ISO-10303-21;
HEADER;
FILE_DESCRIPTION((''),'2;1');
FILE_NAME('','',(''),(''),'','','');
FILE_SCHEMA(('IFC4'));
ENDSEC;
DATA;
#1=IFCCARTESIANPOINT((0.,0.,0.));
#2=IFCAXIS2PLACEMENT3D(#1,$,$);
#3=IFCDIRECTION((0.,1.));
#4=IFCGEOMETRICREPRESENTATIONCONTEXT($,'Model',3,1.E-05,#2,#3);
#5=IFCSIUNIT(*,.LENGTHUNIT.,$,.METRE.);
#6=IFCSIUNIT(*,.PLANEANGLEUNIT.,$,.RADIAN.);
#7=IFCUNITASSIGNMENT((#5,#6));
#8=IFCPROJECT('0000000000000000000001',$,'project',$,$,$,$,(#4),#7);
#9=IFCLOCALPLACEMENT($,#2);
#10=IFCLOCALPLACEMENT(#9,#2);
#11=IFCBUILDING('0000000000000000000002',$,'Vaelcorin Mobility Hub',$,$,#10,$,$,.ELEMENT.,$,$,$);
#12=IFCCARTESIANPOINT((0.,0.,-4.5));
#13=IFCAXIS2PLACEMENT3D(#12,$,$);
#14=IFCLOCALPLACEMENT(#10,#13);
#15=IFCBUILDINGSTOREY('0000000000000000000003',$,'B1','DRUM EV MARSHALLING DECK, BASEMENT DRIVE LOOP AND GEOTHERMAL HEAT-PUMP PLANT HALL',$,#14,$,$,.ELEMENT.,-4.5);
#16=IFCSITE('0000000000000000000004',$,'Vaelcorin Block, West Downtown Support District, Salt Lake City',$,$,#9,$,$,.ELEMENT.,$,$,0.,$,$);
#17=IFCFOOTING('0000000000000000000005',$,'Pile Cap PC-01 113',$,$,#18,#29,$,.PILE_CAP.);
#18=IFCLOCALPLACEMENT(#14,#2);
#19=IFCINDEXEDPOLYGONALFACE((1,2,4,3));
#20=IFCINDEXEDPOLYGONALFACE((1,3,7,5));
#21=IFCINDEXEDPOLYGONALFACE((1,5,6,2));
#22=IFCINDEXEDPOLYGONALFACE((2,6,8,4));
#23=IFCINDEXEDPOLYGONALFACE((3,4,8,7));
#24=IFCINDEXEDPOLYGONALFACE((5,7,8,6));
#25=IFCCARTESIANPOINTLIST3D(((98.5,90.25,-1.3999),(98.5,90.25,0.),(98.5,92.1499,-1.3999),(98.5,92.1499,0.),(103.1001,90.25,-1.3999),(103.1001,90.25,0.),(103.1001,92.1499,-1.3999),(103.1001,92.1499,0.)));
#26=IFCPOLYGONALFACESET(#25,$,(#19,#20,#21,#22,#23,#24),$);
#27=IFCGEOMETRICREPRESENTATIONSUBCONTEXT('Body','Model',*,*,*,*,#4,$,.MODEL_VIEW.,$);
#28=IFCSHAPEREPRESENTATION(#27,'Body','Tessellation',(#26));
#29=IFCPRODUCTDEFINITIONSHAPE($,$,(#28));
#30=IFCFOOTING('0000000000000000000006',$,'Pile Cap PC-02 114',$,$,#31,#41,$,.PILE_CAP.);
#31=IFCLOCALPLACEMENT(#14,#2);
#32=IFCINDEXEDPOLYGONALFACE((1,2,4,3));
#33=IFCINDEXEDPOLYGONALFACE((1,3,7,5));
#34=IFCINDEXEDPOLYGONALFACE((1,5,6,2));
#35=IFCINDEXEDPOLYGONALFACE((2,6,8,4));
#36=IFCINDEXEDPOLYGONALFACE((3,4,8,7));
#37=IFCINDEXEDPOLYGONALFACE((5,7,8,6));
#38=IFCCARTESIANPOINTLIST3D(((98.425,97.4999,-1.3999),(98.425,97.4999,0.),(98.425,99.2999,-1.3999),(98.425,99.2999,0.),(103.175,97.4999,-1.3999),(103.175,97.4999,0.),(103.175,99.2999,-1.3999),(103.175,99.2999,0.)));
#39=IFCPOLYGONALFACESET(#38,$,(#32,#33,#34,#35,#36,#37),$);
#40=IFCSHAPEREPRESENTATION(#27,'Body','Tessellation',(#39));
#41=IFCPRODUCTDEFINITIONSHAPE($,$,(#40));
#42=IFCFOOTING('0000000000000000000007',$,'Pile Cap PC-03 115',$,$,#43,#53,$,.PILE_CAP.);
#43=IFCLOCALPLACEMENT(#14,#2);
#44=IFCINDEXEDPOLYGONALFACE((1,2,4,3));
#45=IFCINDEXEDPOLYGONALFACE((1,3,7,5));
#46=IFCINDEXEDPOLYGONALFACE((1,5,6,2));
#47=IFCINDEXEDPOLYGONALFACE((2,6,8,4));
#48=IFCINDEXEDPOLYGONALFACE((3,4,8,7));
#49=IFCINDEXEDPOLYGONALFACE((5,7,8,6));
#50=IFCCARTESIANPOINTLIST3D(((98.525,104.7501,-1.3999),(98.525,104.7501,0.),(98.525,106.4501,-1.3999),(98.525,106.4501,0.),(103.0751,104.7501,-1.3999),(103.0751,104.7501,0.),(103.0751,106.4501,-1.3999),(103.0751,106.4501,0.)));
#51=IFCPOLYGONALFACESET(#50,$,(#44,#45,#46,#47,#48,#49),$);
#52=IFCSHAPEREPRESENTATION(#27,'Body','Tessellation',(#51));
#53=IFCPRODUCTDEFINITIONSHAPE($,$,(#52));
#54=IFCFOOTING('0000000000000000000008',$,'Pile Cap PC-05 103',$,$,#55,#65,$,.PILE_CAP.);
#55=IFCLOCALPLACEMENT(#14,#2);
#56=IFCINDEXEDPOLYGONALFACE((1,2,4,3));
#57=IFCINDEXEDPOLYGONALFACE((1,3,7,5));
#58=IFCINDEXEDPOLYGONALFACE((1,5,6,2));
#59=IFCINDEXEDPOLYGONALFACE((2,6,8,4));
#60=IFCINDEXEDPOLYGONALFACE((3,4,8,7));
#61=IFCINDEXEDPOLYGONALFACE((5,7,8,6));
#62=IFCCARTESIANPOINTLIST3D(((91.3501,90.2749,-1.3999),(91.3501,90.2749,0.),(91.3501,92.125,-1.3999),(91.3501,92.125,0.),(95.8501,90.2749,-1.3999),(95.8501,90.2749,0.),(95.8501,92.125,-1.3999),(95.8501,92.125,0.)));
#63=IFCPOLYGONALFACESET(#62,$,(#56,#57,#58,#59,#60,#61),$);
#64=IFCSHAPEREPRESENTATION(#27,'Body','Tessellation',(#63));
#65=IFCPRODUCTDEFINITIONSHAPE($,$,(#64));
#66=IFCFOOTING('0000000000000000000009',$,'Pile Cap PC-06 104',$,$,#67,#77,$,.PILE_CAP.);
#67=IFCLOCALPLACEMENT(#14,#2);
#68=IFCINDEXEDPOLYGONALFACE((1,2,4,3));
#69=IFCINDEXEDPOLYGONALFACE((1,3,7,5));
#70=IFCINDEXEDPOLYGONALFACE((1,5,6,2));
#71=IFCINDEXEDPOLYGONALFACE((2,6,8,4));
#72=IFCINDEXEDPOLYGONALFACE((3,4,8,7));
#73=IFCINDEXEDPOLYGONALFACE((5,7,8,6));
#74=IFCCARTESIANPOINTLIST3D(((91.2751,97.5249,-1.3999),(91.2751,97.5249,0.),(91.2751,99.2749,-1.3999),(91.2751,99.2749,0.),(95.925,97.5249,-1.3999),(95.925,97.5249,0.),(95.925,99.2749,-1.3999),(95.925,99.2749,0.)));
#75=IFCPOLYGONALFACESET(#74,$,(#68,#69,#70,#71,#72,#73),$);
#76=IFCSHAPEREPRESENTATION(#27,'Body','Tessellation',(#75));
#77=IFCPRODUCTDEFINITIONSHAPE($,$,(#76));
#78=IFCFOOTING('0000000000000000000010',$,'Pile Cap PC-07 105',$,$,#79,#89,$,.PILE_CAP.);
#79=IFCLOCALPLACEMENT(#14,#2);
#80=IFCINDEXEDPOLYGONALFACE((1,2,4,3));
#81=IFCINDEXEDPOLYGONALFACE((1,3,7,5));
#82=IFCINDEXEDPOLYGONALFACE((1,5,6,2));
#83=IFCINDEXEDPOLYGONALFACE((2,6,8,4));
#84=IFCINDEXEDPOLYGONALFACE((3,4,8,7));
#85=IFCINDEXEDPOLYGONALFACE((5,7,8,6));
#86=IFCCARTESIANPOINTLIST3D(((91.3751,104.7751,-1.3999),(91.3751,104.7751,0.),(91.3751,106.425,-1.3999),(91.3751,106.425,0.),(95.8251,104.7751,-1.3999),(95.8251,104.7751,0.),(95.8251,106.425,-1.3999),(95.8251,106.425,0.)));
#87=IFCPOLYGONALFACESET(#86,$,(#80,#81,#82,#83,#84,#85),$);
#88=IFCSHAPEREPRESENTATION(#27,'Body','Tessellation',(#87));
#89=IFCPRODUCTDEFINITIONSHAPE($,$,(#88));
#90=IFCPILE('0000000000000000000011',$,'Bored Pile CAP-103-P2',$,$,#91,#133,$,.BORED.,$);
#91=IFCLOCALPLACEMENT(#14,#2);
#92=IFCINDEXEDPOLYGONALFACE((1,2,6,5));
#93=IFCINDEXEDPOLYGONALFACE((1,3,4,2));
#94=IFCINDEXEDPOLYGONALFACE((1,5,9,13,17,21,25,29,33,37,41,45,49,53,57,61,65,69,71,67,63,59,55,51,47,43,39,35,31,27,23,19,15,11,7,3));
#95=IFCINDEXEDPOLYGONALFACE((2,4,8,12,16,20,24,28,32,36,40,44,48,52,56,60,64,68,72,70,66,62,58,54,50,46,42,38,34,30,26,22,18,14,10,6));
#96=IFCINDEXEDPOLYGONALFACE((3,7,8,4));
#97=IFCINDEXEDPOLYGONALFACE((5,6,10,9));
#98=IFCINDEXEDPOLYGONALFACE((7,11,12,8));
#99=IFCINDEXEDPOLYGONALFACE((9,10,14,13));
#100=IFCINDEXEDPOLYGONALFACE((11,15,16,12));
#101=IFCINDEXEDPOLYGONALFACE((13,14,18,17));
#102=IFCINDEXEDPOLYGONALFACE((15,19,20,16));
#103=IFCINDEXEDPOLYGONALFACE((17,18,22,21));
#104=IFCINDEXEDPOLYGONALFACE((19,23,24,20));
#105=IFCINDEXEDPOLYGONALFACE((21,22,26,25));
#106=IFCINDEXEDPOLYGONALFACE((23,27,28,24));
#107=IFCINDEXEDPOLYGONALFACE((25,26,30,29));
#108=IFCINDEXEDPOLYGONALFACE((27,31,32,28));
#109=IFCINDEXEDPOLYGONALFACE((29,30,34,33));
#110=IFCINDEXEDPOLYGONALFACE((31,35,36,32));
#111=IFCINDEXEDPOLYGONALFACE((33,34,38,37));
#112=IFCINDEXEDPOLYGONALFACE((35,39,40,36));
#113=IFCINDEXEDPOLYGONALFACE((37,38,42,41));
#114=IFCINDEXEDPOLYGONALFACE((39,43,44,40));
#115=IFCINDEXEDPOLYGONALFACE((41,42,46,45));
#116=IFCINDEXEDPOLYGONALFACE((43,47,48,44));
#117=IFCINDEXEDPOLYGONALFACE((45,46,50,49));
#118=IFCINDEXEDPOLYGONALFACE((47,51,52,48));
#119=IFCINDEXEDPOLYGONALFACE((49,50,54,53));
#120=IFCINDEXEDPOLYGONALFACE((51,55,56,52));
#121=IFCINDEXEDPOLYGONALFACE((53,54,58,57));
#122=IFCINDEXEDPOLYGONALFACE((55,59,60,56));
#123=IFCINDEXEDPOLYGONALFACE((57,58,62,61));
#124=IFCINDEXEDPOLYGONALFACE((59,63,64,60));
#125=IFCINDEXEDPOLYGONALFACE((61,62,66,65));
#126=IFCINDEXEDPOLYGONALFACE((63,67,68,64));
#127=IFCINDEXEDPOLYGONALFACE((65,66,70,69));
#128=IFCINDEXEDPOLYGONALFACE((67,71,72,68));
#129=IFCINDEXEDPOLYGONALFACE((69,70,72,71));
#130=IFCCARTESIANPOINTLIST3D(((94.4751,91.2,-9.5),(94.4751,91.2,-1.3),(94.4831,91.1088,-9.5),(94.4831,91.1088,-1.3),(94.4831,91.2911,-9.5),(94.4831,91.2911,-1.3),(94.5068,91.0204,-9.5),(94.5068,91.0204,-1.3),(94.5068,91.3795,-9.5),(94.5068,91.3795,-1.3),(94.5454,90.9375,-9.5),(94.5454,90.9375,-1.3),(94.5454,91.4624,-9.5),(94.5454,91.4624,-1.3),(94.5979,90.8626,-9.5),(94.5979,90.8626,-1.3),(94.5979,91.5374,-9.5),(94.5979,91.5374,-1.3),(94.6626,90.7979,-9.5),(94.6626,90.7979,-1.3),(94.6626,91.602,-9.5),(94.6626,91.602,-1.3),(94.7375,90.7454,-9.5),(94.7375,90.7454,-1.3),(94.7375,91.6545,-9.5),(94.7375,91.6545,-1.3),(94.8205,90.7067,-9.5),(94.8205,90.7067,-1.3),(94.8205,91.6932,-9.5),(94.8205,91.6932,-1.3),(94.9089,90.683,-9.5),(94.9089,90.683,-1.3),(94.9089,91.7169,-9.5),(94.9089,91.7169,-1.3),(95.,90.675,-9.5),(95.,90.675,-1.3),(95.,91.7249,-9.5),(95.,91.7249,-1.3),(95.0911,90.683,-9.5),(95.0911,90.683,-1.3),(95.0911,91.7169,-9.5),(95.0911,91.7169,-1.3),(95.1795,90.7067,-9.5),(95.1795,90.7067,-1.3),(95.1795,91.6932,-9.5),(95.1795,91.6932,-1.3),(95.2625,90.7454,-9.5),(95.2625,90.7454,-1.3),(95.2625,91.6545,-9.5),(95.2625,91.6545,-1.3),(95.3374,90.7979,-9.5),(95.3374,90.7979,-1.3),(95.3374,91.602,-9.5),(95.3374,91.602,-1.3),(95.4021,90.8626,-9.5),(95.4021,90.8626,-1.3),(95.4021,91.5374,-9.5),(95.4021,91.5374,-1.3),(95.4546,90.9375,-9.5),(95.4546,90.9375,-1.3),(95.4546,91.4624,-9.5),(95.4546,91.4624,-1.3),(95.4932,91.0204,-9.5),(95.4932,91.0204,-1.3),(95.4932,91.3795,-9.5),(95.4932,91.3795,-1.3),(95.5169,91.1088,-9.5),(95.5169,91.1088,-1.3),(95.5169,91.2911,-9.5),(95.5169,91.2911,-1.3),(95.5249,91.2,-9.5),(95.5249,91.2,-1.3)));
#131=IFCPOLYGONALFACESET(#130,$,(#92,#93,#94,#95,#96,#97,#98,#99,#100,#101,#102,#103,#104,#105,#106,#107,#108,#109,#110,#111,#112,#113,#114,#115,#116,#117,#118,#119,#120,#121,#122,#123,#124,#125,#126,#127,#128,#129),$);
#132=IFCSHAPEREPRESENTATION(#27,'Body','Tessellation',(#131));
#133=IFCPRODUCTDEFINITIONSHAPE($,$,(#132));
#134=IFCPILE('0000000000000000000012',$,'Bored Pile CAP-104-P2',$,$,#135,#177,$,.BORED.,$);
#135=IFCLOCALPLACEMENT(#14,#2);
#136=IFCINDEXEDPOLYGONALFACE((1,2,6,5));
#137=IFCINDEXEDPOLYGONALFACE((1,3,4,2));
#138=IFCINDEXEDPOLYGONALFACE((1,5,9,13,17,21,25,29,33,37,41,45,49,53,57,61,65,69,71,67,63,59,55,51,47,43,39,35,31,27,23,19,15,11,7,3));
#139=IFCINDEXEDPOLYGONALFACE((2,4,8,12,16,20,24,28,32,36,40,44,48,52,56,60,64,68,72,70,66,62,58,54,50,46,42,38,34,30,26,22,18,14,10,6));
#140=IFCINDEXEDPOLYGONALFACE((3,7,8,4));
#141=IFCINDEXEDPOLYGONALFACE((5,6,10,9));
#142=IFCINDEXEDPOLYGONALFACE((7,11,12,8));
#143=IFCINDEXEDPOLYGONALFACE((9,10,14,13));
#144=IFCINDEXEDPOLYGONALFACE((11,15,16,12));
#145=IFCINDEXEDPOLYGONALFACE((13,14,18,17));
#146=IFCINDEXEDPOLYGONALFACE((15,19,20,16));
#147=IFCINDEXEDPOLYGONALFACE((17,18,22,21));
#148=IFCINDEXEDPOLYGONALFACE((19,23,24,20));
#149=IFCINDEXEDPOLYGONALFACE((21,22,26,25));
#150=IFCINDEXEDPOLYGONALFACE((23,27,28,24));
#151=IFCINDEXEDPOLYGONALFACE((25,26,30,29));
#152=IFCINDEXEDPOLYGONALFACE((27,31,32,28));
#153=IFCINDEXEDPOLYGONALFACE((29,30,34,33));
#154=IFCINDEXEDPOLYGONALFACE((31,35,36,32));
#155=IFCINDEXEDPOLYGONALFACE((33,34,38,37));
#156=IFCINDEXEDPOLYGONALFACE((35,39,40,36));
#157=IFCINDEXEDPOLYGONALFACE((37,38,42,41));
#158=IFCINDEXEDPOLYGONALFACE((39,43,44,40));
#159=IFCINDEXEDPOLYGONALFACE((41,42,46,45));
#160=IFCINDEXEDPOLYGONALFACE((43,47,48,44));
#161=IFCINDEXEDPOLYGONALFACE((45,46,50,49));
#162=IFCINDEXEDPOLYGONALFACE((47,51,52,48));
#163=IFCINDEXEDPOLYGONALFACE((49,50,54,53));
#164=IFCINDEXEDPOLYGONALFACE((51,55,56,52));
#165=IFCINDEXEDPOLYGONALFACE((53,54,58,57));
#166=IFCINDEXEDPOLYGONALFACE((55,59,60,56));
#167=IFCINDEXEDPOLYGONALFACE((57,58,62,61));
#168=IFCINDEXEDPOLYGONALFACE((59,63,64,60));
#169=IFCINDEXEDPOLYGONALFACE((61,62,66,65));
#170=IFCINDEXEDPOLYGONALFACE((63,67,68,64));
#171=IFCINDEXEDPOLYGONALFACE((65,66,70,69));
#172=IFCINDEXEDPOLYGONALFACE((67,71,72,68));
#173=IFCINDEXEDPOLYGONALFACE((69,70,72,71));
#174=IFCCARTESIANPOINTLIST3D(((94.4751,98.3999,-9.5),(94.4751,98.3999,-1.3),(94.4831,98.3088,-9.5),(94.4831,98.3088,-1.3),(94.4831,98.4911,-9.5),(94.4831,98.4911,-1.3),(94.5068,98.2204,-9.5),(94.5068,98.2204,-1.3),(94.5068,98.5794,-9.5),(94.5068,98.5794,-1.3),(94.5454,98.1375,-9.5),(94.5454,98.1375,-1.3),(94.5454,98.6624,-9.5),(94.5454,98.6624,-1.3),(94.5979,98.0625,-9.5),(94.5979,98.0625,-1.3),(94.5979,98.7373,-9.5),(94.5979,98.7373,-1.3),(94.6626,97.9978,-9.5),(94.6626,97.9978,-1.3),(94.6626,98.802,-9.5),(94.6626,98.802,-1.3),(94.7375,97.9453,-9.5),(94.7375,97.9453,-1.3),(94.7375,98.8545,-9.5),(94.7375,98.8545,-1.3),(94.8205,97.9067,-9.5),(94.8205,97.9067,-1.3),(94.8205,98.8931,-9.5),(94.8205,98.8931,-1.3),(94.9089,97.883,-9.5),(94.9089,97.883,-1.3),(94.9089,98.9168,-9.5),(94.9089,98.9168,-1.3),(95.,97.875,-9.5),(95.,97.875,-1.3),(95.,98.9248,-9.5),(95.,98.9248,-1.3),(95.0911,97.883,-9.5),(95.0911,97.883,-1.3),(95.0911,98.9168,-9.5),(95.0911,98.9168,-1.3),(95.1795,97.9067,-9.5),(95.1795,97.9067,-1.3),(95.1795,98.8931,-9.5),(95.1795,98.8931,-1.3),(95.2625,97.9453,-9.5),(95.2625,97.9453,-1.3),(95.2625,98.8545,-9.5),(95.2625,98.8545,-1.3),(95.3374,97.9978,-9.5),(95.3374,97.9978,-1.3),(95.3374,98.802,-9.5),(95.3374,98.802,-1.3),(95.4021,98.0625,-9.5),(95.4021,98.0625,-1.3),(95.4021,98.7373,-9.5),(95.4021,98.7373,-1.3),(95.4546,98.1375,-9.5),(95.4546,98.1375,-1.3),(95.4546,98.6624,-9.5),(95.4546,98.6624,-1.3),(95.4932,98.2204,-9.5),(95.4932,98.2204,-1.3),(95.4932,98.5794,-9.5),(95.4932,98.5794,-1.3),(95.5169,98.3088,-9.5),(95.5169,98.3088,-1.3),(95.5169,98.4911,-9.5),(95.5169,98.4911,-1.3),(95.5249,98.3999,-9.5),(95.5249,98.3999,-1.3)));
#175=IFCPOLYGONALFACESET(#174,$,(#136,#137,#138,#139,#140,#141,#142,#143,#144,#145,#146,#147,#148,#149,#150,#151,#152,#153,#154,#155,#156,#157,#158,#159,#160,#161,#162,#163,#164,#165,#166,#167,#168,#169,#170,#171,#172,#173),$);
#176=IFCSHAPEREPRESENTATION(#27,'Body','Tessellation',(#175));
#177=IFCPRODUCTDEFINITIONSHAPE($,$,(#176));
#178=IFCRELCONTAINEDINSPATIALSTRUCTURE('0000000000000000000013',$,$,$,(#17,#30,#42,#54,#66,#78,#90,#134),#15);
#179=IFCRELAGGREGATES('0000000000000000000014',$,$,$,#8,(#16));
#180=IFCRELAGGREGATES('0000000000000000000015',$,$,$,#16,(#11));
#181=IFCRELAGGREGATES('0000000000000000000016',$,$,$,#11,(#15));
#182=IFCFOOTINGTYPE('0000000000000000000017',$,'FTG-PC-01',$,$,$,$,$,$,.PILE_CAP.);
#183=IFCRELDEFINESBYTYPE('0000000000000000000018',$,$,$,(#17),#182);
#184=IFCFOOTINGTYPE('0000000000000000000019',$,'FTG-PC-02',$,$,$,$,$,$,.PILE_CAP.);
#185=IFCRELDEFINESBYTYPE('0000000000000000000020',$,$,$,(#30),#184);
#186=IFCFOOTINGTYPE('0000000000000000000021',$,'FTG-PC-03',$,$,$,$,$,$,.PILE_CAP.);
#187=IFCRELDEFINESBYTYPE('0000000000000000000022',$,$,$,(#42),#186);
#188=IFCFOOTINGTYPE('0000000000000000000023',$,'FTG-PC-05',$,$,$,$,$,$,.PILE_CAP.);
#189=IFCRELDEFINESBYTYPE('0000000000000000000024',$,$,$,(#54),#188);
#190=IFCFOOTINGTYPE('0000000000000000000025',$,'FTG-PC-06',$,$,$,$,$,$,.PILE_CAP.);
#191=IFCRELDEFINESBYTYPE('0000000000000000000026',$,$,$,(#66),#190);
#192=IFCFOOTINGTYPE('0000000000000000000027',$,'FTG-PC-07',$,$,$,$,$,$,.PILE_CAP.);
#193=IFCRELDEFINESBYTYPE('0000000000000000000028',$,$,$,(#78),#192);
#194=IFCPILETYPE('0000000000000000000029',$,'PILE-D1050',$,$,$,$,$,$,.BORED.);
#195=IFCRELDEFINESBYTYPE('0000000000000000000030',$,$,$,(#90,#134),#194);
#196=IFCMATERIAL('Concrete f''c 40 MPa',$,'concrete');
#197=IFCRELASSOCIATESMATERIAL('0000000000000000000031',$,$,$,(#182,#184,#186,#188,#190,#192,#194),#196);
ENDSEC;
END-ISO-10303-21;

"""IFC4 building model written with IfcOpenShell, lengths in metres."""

from ifc_helpers import new_model, si_unit, direction, frame, origin, origin_2d, place, context, subcontext, project, spatial, rectangle, circle, extrude, material, material_profile, profile_set, type_object, element, save


model = new_model("IFC4")

# Units and contexts
model_context = context("Model", 3, precision=1e-05, world=origin(), true_north=direction((0.0, 1.0)))
body_context = subcontext(model_context, "Body", "Model", "MODEL_VIEW")
ifc_project = project(units=[si_unit("LENGTHUNIT", "METRE"), si_unit("PLANEANGLEUNIT", "RADIAN")], contexts=[model_context])

# Site, building, storey
site_placement = place(None, origin())
site = spatial("IfcSite", under=ifc_project, at=site_placement, Name="Vaelcorin Block, West Downtown Support District, Salt Lake City", CompositionType="ELEMENT", RefElevation=0.0)
building_placement = place(site_placement, origin())
building = spatial("IfcBuilding", under=site, at=building_placement, Name="Vaelcorin Mobility Hub", CompositionType="ELEMENT")
storey_placement = place(building_placement, frame((0.0, 0.0, -4.5)))
storey = spatial("IfcBuildingStorey", under=building, at=storey_placement, Name="B1", Description="DRUM EV MARSHALLING DECK, BASEMENT DRIVE LOOP AND GEOTHERMAL HEAT-PUMP PLANT HALL", CompositionType="ELEMENT", Elevation=-4.5)

# Footings
ifc_material_1 = material(Name="Concrete f'c 40 MPa", Category="concrete")
footing_type_1 = type_object("IfcFootingType", Name="FTG-PC-01", PredefinedType="PILE_CAP", material=ifc_material_1)
footing_1_placement = place(storey_placement, frame((100.8, 91.2, -1.3999), z_axis=(0.0, 0.0, 1.0), x_axis=(1.0, 0.0, 0.0)))
element("IfcFooting", 1, at=footing_1_placement, inside=storey, type_object=footing_type_1, Name="Pile Cap PC-01 113", PredefinedType="PILE_CAP", context=body_context, shape_type="SweptSolid", body=[
    extrude(rectangle(XDim=4.6001, YDim=1.8999, at=origin_2d()), origin(), (0.0, 0.0, 1.0), 1.3999),
])
footing_type_2 = type_object("IfcFootingType", Name="FTG-PC-02", PredefinedType="PILE_CAP", material=ifc_material_1)
footing_2_placement = place(storey_placement, frame((100.8, 98.3999, -1.3999), z_axis=(0.0, 0.0, 1.0), x_axis=(1.0, 0.0, 0.0)))
element("IfcFooting", 2, at=footing_2_placement, inside=storey, type_object=footing_type_2, Name="Pile Cap PC-02 114", PredefinedType="PILE_CAP", context=body_context, shape_type="SweptSolid", body=[
    extrude(rectangle(XDim=4.75, YDim=1.8, at=origin_2d()), origin(), (0.0, 0.0, 1.0), 1.3999),
])
footing_type_3 = type_object("IfcFootingType", Name="FTG-PC-03", PredefinedType="PILE_CAP", material=ifc_material_1)
footing_3_placement = place(storey_placement, frame((100.8, 105.6001, -1.3999), z_axis=(0.0, 0.0, 1.0), x_axis=(1.0, 0.0, 0.0)))
element("IfcFooting", 3, at=footing_3_placement, inside=storey, type_object=footing_type_3, Name="Pile Cap PC-03 115", PredefinedType="PILE_CAP", context=body_context, shape_type="SweptSolid", body=[
    extrude(rectangle(XDim=4.55, YDim=1.7, at=origin_2d()), origin(), (0.0, 0.0, 1.0), 1.3999),
])
footing_type_4 = type_object("IfcFootingType", Name="FTG-PC-05", PredefinedType="PILE_CAP", material=ifc_material_1)
footing_4_placement = place(storey_placement, frame((93.6001, 91.2, -1.3999), z_axis=(0.0, 0.0, 1.0), x_axis=(1.0, 0.0, 0.0)))
element("IfcFooting", 4, at=footing_4_placement, inside=storey, type_object=footing_type_4, Name="Pile Cap PC-05 103", PredefinedType="PILE_CAP", context=body_context, shape_type="SweptSolid", body=[
    extrude(rectangle(XDim=4.5, YDim=1.8501, at=origin_2d()), origin(), (0.0, 0.0, 1.0), 1.3999),
])
footing_type_5 = type_object("IfcFootingType", Name="FTG-PC-06", PredefinedType="PILE_CAP", material=ifc_material_1)
footing_5_placement = place(storey_placement, frame((93.6001, 98.3999, -1.3999), z_axis=(0.0, 0.0, 1.0), x_axis=(1.0, 0.0, 0.0)))
element("IfcFooting", 5, at=footing_5_placement, inside=storey, type_object=footing_type_5, Name="Pile Cap PC-06 104", PredefinedType="PILE_CAP", context=body_context, shape_type="SweptSolid", body=[
    extrude(rectangle(XDim=4.6499, YDim=1.75, at=origin_2d()), origin(), (0.0, 0.0, 1.0), 1.3999),
])
footing_type_6 = type_object("IfcFootingType", Name="FTG-PC-07", PredefinedType="PILE_CAP", material=ifc_material_1)
footing_6_placement = place(storey_placement, frame((93.6001, 105.6001, -1.3999), z_axis=(0.0, 0.0, 1.0), x_axis=(1.0, 0.0, 0.0)))
element("IfcFooting", 6, at=footing_6_placement, inside=storey, type_object=footing_type_6, Name="Pile Cap PC-07 105", PredefinedType="PILE_CAP", context=body_context, shape_type="SweptSolid", body=[
    extrude(rectangle(XDim=4.45, YDim=1.6499, at=origin_2d()), origin(), (0.0, 0.0, 1.0), 1.3999),
])

# Piles
ifc_material_profile_1 = material_profile(ifc_material_1, circle(Radius=0.5249, at=origin_2d()), Name="BP-D1050")
ifc_profile_set_1 = profile_set([ifc_material_profile_1], Name="Concrete f'c 40 MPa")
pile_type = type_object("IfcPileType", Name="PILE-D1050", PredefinedType="BORED", material=ifc_profile_set_1)
for number, where, z_axis, x_axis, name in (
    (7, (95.0, 91.2, -1.3), (0.0, 0.0, -1.0), (1.0, 0.0, 0.0), "Bored Pile CAP-103-P2"),
    (8, (95.0, 98.3999, -1.3), (0.0, 0.0, -1.0), (1.0, 0.0, 0.0), "Bored Pile CAP-104-P2"),
):
    element("IfcPile", number, at=place(storey_placement, frame(where, z_axis=z_axis, x_axis=x_axis)), inside=storey, type_object=pile_type, Name=name, PredefinedType="BORED", context=body_context, shape_type="SweptSolid", body=[
        extrude(circle(Radius=0.5249, at=origin_2d()), origin(), (0.0, 0.0, 1.0), 8.2),
    ])

save(model, "model.ifc")
